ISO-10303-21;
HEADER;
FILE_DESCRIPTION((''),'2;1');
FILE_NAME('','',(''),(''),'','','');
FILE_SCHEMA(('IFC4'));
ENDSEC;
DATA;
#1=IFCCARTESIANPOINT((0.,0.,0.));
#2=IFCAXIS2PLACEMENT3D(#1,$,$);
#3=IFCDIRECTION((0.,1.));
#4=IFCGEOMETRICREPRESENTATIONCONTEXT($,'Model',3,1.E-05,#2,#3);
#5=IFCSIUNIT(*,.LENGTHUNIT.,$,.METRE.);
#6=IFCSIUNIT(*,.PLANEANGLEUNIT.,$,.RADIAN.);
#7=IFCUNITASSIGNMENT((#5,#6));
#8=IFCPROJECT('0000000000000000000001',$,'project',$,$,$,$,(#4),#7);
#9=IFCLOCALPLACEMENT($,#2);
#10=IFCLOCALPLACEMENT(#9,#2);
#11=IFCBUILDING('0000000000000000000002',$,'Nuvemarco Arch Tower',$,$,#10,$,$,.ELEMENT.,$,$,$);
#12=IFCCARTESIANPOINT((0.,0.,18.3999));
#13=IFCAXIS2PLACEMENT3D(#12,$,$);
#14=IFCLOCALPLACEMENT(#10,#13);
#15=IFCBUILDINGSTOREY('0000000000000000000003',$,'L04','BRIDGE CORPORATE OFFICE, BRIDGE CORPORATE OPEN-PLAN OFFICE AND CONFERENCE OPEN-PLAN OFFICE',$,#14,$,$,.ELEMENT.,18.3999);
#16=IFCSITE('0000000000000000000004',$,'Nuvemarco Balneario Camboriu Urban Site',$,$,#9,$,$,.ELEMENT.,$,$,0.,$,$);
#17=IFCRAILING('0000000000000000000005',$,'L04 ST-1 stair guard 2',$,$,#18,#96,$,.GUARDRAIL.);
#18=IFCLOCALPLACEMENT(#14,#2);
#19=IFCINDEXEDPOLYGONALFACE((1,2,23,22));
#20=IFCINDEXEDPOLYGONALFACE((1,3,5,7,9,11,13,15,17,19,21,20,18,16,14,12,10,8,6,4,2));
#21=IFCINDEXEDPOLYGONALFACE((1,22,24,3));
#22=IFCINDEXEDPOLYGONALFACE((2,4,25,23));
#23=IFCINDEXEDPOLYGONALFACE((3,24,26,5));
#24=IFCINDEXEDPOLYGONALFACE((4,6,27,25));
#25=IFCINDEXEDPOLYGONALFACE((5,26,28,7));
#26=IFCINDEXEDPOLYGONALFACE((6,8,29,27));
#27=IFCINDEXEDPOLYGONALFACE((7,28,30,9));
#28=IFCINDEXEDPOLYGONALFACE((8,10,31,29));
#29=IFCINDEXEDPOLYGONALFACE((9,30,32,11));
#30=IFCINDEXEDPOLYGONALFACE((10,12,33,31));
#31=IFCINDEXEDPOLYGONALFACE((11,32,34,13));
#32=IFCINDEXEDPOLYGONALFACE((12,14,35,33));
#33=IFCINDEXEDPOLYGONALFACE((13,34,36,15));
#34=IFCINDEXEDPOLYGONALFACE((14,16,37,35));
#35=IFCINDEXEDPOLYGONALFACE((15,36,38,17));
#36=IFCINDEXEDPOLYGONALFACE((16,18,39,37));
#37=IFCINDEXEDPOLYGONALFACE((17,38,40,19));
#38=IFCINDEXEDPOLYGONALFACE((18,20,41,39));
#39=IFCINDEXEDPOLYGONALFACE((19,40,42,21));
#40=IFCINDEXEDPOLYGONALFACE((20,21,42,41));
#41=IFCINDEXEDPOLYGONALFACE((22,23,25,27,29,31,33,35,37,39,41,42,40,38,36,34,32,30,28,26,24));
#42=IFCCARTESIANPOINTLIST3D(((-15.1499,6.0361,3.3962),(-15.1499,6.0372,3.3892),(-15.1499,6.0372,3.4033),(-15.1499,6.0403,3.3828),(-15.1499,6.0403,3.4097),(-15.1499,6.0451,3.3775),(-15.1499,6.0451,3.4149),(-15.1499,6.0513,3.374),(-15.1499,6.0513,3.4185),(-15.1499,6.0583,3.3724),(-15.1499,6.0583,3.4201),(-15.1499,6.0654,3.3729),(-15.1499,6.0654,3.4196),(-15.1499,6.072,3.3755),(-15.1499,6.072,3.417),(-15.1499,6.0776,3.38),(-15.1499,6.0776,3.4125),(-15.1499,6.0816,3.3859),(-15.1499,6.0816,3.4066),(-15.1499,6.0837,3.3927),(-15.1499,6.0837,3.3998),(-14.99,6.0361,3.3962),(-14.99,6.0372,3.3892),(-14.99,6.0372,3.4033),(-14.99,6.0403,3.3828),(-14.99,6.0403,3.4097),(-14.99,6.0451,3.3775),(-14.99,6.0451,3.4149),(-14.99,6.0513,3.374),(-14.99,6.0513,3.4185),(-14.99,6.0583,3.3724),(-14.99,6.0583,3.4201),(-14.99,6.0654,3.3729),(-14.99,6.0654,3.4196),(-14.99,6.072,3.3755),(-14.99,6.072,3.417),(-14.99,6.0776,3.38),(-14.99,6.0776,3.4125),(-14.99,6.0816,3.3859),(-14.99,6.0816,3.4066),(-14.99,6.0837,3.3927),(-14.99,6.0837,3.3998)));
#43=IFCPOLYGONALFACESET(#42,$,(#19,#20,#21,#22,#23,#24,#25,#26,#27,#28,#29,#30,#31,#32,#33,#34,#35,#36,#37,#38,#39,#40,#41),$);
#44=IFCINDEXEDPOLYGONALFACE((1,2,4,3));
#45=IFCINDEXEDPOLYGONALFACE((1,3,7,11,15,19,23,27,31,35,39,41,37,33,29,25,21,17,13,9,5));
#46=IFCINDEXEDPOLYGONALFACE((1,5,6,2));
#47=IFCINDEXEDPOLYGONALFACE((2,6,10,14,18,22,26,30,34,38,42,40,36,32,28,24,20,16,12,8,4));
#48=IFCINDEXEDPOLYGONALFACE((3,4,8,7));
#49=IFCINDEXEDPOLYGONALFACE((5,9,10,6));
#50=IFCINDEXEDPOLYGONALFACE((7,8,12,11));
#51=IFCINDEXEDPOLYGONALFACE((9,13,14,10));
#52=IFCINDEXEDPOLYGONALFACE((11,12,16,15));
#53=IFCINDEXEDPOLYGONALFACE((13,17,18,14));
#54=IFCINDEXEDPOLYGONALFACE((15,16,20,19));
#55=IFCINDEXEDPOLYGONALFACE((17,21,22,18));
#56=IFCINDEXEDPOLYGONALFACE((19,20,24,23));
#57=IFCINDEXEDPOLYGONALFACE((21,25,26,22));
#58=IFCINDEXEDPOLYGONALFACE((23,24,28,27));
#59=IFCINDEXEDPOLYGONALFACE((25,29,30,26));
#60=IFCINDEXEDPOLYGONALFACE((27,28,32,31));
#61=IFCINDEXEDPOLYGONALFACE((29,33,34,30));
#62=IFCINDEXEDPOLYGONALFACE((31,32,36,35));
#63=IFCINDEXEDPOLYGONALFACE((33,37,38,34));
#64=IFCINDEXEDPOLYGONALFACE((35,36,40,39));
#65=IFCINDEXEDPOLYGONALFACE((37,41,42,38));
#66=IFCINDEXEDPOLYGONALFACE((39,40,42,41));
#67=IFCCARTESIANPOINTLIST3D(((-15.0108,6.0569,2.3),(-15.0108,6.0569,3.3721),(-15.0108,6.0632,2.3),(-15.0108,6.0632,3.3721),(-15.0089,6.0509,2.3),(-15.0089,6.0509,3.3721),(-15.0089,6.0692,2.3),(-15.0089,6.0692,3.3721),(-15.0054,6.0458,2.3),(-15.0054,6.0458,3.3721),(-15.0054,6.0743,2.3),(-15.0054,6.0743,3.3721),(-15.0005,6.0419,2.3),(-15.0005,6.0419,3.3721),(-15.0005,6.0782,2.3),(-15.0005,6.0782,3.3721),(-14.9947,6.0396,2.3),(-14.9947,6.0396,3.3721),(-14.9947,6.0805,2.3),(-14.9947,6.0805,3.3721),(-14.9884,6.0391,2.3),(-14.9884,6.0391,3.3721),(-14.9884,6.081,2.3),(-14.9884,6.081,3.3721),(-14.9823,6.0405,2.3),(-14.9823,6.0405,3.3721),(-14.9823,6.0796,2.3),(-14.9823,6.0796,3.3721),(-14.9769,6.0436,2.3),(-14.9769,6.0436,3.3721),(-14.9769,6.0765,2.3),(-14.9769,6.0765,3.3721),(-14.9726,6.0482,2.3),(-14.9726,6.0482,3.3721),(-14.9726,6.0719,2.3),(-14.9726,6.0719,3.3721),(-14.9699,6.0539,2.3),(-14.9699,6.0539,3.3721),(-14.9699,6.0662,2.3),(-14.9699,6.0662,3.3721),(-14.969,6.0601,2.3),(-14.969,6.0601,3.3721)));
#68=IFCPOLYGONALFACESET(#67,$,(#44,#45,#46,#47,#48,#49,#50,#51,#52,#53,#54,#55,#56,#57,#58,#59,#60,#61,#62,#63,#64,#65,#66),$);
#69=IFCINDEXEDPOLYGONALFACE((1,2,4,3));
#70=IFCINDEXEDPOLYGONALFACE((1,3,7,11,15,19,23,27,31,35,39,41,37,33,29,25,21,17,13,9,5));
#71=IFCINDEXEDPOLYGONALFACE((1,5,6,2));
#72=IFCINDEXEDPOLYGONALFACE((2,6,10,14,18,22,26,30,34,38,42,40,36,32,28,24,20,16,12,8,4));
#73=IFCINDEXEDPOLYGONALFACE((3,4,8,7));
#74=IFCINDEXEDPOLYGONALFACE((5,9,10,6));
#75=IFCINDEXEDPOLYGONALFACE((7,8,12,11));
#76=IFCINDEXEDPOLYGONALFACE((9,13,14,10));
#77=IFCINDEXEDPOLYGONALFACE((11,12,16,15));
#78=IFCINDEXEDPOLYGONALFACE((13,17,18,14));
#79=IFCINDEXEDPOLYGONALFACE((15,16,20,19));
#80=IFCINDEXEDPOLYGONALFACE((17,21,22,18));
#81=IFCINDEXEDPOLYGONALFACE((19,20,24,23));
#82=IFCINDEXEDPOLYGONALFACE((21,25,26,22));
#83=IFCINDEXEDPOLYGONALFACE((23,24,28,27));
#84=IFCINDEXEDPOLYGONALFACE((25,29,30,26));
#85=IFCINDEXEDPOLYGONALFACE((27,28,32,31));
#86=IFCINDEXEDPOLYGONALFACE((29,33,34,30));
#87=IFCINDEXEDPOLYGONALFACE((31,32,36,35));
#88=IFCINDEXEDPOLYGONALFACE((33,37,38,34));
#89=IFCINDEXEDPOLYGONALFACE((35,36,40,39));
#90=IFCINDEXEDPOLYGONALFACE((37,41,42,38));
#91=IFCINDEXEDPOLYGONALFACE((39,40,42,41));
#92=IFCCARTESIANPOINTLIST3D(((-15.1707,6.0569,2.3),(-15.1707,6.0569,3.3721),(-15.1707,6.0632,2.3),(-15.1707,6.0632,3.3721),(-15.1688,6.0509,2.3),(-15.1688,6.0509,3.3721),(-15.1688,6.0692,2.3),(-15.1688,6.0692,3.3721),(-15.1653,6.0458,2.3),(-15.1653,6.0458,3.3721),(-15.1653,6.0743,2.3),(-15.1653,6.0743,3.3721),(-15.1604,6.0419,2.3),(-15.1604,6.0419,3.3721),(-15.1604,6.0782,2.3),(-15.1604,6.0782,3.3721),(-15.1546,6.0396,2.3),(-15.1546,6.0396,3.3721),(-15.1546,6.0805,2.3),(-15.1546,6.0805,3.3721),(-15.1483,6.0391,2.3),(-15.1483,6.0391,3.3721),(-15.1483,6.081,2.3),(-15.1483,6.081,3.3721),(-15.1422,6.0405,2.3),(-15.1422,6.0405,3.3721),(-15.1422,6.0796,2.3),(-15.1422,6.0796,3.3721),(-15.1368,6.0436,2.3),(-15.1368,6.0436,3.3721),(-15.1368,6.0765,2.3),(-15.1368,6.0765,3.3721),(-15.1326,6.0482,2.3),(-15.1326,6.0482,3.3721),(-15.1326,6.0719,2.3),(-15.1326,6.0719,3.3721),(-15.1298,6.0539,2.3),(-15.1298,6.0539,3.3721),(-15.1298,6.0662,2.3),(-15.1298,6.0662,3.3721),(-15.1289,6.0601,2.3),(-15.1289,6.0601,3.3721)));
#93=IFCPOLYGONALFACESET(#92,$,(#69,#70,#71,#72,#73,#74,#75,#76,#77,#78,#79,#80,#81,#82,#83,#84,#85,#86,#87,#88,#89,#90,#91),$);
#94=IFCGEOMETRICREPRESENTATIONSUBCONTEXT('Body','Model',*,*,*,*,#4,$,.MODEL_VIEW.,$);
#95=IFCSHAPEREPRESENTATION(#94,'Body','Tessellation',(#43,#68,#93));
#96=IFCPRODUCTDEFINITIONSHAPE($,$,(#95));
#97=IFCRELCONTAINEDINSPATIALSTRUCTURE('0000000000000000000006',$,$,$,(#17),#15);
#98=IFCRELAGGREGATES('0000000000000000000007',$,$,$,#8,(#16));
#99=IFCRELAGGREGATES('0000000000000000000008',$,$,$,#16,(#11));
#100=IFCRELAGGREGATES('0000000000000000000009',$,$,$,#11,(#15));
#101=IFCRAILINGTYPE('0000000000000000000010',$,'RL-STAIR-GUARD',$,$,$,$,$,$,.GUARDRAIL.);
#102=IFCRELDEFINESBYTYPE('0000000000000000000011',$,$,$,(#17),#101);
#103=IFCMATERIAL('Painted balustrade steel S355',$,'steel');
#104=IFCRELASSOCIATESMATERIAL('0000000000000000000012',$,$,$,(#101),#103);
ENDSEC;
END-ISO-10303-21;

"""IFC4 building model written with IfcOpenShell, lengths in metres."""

from ifc_helpers import new_model, si_unit, direction, frame, origin, origin_2d, place, context, subcontext, project, spatial, circle, extrude, material, type_object, element, save


model = new_model("IFC4")

# Units and contexts
model_context = context("Model", 3, precision=1e-05, world=origin(), true_north=direction((0.0, 1.0)))
body_context = subcontext(model_context, "Body", "Model", "MODEL_VIEW")
ifc_project = project(units=[si_unit("LENGTHUNIT", "METRE"), si_unit("PLANEANGLEUNIT", "RADIAN")], contexts=[model_context])

# Site, building, storey
site_placement = place(None, origin())
site = spatial("IfcSite", under=ifc_project, at=site_placement, Name="Nuvemarco Balneario Camboriu Urban Site", CompositionType="ELEMENT", RefElevation=0.0)
building_placement = place(site_placement, origin())
building = spatial("IfcBuilding", under=site, at=building_placement, Name="Nuvemarco Arch Tower", CompositionType="ELEMENT")
storey_placement = place(building_placement, frame((0.0, 0.0, 18.3999)))
storey = spatial("IfcBuildingStorey", under=building, at=storey_placement, Name="L04", Description="BRIDGE CORPORATE OFFICE, BRIDGE CORPORATE OPEN-PLAN OFFICE AND CONFERENCE OPEN-PLAN OFFICE", CompositionType="ELEMENT", Elevation=18.3999)

# Railing
ifc_material_1 = material(Name="Painted balustrade steel S355", Category="steel")
railing_type_1 = type_object("IfcRailingType", Name="RL-STAIR-GUARD", PredefinedType="GUARDRAIL", material=ifc_material_1)
railing_1_placement = place(storey_placement, frame((-14.99, 6.0601, 2.3)))
element("IfcRailing", 1, at=railing_1_placement, inside=storey, type_object=railing_type_1, Name="L04 ST-1 stair guard 2", PredefinedType="GUARDRAIL", context=body_context, shape_type="SweptSolid", body=[
    extrude(circle(Radius=0.0239, at=origin_2d()), frame((0.0, 0.0, 1.0962), z_axis=(-1.0, 0.0, 0.0), x_axis=(0.0, -1.0, 0.0)), (0.0, 0.0, 1.0), 0.1599),
    extrude(circle(Radius=0.021, at=origin_2d()), origin(), (0.0, 0.0, 1.0), 1.072),
    extrude(circle(Radius=0.021, at=origin_2d()), frame((-0.1599, 0.0, 0.0)), (0.0, 0.0, 1.0), 1.072),
])

save(model, "model.ifc")
